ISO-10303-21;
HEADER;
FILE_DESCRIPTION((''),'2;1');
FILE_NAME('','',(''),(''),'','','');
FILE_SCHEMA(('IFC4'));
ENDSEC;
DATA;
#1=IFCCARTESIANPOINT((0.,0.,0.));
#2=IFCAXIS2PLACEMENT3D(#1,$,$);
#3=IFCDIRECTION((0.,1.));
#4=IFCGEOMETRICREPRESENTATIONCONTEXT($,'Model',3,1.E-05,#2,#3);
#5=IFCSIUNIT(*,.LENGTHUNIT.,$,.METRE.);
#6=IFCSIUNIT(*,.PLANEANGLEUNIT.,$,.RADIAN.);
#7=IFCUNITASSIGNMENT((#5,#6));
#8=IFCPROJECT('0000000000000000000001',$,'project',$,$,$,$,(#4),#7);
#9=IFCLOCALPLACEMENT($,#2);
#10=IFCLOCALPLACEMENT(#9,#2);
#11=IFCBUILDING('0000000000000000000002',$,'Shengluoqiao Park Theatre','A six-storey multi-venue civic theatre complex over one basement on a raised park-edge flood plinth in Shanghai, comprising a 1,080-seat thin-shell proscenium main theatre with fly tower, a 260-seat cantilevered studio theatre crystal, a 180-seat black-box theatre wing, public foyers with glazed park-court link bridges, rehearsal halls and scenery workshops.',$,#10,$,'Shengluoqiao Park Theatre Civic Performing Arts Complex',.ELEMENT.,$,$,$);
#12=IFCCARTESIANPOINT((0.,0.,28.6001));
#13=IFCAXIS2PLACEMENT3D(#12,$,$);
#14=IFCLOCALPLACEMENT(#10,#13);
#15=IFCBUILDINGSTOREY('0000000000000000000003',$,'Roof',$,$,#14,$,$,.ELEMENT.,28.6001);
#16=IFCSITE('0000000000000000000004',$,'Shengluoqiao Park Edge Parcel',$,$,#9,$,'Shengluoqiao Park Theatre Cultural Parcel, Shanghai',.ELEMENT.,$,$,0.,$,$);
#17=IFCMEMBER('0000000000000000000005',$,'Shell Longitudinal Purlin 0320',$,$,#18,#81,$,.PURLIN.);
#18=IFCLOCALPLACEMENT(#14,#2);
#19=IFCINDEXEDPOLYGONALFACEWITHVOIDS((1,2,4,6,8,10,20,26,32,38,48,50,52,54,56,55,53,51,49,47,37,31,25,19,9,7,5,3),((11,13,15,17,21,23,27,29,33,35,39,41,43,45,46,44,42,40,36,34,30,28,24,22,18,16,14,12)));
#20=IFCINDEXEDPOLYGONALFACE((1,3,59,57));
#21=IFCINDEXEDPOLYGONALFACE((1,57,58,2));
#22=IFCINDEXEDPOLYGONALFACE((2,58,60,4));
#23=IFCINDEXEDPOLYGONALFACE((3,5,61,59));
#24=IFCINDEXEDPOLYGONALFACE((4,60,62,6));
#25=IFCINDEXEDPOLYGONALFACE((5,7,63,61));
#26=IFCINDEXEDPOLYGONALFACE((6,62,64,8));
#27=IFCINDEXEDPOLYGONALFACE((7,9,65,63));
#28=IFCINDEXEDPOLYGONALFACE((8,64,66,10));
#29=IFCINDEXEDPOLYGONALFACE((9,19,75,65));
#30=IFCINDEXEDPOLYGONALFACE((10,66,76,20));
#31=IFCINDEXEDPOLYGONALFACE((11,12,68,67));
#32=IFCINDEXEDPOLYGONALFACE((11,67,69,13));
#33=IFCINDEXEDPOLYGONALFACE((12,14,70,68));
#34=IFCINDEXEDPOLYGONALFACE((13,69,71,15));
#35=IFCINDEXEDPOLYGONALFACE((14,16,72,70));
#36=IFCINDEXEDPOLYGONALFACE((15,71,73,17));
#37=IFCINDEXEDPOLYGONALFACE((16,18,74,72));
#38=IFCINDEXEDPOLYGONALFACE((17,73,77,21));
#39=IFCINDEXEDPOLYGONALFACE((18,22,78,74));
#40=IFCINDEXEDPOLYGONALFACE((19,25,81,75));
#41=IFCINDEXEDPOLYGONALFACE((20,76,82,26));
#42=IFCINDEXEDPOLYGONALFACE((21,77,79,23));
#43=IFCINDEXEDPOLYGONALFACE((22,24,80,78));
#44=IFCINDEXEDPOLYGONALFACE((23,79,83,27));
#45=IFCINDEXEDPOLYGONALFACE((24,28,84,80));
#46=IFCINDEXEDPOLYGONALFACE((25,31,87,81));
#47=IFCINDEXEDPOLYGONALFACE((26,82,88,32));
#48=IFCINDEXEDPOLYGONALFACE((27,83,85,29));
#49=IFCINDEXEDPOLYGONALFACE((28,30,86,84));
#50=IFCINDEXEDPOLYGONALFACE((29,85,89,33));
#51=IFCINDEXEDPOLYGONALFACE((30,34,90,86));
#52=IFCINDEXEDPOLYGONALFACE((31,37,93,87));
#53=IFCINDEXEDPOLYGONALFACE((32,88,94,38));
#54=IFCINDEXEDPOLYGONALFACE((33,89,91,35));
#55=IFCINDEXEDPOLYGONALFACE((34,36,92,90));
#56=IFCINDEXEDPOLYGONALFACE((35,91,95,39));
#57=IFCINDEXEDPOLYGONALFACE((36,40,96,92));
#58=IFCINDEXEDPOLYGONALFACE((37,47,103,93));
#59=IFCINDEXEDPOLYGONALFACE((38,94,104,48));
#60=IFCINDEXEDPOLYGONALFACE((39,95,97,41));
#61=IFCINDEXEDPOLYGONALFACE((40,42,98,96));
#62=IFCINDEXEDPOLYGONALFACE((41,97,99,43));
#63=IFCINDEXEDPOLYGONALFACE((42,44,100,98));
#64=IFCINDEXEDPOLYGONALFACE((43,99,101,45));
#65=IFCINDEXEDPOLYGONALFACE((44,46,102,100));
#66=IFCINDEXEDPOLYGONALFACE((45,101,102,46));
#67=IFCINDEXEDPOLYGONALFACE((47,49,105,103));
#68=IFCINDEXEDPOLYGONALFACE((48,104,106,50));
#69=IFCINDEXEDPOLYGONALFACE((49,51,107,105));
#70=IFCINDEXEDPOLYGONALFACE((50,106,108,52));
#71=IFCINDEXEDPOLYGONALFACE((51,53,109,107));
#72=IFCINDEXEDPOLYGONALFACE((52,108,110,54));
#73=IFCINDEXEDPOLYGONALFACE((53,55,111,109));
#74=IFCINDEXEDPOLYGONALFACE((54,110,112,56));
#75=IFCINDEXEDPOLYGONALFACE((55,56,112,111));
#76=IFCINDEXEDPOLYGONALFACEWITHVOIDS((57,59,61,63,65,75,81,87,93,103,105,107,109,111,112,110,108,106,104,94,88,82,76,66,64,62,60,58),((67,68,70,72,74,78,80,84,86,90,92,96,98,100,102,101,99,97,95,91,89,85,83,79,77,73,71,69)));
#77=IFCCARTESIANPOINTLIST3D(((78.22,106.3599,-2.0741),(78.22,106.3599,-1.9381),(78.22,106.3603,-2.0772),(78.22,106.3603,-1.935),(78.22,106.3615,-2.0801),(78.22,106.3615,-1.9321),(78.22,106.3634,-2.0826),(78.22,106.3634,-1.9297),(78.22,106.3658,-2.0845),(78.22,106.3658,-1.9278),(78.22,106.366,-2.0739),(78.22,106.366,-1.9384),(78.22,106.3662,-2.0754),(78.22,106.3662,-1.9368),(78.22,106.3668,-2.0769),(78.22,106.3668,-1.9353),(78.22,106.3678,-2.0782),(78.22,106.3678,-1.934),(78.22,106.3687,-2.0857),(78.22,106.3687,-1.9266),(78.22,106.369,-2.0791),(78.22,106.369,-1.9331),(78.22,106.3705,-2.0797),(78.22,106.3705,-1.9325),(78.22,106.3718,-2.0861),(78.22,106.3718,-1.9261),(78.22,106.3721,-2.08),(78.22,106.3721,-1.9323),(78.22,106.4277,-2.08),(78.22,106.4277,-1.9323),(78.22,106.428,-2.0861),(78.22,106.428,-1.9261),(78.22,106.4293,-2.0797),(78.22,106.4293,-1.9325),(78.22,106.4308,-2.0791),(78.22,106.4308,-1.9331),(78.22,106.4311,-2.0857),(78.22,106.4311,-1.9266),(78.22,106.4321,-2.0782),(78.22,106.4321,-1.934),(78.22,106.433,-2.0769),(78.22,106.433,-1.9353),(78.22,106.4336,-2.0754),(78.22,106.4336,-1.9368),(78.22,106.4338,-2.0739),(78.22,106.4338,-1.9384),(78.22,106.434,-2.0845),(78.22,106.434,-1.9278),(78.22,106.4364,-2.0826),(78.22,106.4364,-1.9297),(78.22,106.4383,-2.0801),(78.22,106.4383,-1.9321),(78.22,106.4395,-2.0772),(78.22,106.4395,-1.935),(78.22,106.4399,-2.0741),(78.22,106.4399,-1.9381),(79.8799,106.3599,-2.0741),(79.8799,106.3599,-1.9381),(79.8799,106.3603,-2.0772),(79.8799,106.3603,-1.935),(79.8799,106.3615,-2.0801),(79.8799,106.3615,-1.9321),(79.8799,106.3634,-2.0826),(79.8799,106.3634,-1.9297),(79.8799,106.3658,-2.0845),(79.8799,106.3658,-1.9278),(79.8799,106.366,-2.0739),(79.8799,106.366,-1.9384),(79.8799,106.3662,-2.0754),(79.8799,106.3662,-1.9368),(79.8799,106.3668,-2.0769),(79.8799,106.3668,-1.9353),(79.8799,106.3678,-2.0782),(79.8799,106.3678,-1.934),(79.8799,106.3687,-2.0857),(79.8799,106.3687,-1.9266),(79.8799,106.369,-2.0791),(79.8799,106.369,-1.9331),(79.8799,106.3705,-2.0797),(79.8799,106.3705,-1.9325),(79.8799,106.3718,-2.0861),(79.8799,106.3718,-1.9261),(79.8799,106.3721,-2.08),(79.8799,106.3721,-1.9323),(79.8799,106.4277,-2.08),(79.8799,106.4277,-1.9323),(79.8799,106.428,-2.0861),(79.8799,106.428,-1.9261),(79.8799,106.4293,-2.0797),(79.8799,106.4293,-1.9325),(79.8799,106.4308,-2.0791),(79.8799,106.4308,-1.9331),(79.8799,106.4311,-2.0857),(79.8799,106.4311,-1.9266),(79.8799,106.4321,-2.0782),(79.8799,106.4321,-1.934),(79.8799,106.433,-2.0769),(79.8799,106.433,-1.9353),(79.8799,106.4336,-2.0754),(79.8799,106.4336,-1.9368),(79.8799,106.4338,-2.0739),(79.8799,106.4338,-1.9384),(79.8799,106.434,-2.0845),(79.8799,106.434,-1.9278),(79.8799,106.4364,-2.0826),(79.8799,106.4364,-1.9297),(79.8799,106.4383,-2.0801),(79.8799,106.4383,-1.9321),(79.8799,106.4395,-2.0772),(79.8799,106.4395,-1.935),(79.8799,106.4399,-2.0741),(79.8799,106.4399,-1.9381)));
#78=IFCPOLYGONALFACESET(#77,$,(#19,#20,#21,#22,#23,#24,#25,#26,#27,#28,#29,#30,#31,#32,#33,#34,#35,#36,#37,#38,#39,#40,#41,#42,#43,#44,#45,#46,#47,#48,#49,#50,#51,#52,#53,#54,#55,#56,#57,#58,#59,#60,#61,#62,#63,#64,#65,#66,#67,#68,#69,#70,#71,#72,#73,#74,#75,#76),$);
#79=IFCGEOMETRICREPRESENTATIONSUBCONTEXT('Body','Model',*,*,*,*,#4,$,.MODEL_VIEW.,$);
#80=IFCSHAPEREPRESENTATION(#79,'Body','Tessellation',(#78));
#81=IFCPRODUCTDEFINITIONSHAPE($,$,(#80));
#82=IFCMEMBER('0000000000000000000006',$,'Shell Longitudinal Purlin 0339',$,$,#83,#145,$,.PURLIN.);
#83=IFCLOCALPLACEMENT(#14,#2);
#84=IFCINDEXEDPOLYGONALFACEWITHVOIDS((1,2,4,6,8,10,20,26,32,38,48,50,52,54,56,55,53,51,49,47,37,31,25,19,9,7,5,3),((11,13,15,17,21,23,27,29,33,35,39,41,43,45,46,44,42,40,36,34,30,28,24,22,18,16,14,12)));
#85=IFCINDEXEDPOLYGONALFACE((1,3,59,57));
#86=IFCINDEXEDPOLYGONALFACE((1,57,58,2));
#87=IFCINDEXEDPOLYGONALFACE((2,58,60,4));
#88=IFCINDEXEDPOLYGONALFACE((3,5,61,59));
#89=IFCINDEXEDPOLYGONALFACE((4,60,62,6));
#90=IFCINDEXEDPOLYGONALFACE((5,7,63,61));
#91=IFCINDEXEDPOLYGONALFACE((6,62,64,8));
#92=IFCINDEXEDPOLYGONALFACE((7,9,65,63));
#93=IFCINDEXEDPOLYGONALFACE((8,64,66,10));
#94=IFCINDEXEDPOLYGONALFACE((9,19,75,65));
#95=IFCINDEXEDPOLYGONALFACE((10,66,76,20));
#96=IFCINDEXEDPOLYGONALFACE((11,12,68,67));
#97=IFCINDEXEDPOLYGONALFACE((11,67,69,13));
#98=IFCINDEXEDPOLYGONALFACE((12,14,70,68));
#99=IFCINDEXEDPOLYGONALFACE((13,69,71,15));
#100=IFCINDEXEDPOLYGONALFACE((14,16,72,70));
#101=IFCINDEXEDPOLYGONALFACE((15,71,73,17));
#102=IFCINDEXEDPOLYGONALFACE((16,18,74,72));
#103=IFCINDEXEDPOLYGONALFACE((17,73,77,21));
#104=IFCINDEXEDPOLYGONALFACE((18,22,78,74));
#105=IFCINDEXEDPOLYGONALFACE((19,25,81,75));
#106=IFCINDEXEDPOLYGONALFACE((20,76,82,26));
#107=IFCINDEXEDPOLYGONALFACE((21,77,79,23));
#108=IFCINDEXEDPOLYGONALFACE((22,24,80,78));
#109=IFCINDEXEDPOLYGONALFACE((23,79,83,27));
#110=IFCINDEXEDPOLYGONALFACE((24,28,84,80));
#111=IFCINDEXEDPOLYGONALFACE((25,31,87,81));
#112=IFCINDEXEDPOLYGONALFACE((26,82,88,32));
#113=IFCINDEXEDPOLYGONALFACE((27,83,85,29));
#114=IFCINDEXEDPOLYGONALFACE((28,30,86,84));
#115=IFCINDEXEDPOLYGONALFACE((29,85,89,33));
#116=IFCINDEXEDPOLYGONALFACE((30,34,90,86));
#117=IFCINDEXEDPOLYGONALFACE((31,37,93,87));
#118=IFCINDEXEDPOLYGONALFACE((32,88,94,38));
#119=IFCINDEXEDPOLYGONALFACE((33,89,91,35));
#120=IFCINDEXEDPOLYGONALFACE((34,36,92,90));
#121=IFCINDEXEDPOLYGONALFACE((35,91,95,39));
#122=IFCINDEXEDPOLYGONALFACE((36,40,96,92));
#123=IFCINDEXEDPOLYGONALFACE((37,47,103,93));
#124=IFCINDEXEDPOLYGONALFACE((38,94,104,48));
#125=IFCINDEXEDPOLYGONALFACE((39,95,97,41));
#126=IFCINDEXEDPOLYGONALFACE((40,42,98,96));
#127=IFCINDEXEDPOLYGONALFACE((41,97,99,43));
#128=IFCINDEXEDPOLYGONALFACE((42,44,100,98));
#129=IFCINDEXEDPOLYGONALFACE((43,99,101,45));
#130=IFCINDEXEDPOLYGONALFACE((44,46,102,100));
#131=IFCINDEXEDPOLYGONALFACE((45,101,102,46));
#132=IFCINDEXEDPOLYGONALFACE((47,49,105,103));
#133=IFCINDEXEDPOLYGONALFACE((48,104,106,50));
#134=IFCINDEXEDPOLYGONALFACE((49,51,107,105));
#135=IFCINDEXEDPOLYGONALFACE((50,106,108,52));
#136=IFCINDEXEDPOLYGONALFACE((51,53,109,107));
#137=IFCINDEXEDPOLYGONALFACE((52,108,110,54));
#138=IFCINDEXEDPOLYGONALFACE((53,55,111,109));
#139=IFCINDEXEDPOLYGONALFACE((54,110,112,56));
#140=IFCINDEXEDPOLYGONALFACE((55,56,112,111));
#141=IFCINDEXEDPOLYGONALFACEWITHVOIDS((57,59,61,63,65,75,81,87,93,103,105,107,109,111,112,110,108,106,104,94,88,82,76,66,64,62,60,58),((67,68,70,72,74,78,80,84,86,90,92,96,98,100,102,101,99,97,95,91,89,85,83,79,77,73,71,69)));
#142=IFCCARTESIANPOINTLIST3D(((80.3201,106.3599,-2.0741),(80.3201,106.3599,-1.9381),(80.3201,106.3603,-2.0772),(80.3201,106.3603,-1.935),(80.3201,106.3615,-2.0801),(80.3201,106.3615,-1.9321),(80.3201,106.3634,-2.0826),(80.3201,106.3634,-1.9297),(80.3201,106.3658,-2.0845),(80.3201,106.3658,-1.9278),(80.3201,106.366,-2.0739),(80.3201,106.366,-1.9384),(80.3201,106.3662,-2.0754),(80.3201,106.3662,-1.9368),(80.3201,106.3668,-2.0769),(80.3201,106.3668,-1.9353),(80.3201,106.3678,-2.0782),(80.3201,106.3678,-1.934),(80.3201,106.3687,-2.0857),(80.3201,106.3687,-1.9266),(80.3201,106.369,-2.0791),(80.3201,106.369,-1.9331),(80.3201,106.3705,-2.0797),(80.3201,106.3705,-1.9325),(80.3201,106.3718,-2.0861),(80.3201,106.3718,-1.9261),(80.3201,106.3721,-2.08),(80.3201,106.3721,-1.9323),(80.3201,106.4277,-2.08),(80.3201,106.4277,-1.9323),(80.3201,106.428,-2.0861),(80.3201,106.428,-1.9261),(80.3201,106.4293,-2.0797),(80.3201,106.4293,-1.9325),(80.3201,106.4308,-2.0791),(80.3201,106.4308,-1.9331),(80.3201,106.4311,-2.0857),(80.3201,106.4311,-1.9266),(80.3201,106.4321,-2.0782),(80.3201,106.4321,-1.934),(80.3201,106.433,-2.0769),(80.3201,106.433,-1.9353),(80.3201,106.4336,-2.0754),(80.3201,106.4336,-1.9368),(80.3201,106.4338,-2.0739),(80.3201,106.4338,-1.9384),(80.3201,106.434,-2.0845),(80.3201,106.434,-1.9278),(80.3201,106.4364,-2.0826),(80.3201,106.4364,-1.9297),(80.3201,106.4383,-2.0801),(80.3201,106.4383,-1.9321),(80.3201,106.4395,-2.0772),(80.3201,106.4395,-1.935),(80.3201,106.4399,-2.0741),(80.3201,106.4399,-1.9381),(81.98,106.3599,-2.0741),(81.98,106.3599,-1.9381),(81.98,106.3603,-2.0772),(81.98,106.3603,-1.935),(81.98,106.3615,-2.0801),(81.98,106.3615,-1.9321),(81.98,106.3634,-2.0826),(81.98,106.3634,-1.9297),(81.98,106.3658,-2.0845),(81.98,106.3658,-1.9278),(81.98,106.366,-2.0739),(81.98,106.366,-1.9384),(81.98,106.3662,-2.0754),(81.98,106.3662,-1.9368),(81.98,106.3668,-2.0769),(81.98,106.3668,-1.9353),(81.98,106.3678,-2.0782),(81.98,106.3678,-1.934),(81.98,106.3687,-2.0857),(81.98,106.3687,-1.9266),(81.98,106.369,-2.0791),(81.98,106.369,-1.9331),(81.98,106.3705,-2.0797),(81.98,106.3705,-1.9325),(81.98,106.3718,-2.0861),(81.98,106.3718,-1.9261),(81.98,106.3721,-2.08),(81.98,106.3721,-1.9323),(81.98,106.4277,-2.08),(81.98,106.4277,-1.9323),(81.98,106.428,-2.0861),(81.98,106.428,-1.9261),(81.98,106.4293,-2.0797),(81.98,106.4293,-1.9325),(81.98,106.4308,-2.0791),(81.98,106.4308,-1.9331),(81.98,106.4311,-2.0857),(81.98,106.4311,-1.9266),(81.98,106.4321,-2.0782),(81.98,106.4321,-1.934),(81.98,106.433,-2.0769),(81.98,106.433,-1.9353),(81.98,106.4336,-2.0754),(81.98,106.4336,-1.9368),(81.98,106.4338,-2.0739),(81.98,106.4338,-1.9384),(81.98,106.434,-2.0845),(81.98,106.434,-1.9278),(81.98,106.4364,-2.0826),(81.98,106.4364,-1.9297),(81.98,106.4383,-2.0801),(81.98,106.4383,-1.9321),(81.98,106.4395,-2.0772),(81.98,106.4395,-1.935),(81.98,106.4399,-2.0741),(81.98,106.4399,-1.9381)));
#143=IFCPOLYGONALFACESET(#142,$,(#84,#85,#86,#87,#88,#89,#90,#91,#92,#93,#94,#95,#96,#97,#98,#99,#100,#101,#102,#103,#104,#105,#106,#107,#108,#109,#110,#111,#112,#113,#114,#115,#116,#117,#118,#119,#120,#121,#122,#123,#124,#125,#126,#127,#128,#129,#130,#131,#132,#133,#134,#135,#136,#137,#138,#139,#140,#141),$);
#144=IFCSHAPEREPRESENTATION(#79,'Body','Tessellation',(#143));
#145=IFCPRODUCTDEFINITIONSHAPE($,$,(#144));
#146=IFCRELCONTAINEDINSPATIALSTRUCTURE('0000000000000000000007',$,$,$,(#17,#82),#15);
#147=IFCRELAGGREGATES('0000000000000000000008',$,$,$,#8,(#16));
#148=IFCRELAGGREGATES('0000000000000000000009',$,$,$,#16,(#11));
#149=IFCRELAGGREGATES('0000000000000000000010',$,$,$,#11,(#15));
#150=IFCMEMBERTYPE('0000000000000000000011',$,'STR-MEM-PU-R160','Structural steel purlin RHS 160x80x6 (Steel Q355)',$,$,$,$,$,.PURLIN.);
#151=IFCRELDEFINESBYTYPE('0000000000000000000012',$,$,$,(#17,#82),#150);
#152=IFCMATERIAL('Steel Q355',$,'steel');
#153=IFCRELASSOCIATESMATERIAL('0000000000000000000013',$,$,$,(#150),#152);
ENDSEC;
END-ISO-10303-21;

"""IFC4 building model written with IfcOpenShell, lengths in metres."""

from ifc_helpers import new_model, si_unit, direction, frame, origin, origin_2d, place, context, subcontext, project, spatial, hollow_rectangle, extrude, material, material_profile, profile_set, type_object, element, save


model = new_model("IFC4")

# Units and contexts
model_context = context("Model", 3, precision=1e-05, world=origin(), true_north=direction((0.0, 1.0)))
body_context = subcontext(model_context, "Body", "Model", "MODEL_VIEW")
ifc_project = project(units=[si_unit("LENGTHUNIT", "METRE"), si_unit("PLANEANGLEUNIT", "RADIAN")], contexts=[model_context])

# Site, building, storey
site_placement = place(None, origin())
site = spatial("IfcSite", under=ifc_project, at=site_placement, Name="Shengluoqiao Park Edge Parcel", LongName="Shengluoqiao Park Theatre Cultural Parcel, Shanghai", CompositionType="ELEMENT", RefElevation=0.0)
building_placement = place(site_placement, origin())
building = spatial("IfcBuilding", under=site, at=building_placement, Name="Shengluoqiao Park Theatre", Description="A six-storey multi-venue civic theatre complex over one basement on a raised park-edge flood plinth in Shanghai, comprising a 1,080-seat thin-shell proscenium main theatre with fly tower, a 260-seat cantilevered studio theatre crystal, a 180-seat black-box theatre wing, public foyers with glazed park-court link bridges, rehearsal halls and scenery workshops.", LongName="Shengluoqiao Park Theatre Civic Performing Arts Complex", CompositionType="ELEMENT")
storey_placement = place(building_placement, frame((0.0, 0.0, 28.6001)))
storey = spatial("IfcBuildingStorey", under=building, at=storey_placement, Name="Roof", CompositionType="ELEMENT", Elevation=28.6001)

# Shared definitions
ifc_material_1 = material(Name="Steel Q355", Category="steel")

# Members
ifc_material_profile_1 = material_profile(ifc_material_1, hollow_rectangle(XDim=0.0801, YDim=0.1599, WallThickness=0.0061, InnerFilletRadius=0.0061, OuterFilletRadius=0.012, at=origin_2d()), Name="RHS 160x80x6")
ifc_profile_set_1 = profile_set([ifc_material_profile_1], Name="Steel Q355")
member_type_1 = type_object("IfcMemberType", Name="STR-MEM-PU-R160", Description="Structural steel purlin RHS 160x80x6 (Steel Q355)", PredefinedType="PURLIN", material=ifc_profile_set_1)
for number, where, z_axis, x_axis, name in (
    (1, (78.22, 106.3999, -2.0061), (1.0, 0.0, 0.0), (0.0, 1.0, 0.0), "Shell Longitudinal Purlin 0320"),
    (2, (80.3201, 106.3999, -2.0061), (1.0, 0.0, 0.0), (0.0, 1.0, 0.0), "Shell Longitudinal Purlin 0339"),
):
    element("IfcMember", number, at=place(storey_placement, frame(where, z_axis=z_axis, x_axis=x_axis)), inside=storey, type_object=member_type_1, Name=name, PredefinedType="PURLIN", context=body_context, shape_type="SweptSolid", body=[
        extrude(hollow_rectangle(XDim=0.0801, YDim=0.1599, WallThickness=0.0061, InnerFilletRadius=0.0061, OuterFilletRadius=0.012, at=origin_2d()), origin(), (0.0, 0.0, 1.0), 1.6599),
    ])

save(model, "model.ifc")
